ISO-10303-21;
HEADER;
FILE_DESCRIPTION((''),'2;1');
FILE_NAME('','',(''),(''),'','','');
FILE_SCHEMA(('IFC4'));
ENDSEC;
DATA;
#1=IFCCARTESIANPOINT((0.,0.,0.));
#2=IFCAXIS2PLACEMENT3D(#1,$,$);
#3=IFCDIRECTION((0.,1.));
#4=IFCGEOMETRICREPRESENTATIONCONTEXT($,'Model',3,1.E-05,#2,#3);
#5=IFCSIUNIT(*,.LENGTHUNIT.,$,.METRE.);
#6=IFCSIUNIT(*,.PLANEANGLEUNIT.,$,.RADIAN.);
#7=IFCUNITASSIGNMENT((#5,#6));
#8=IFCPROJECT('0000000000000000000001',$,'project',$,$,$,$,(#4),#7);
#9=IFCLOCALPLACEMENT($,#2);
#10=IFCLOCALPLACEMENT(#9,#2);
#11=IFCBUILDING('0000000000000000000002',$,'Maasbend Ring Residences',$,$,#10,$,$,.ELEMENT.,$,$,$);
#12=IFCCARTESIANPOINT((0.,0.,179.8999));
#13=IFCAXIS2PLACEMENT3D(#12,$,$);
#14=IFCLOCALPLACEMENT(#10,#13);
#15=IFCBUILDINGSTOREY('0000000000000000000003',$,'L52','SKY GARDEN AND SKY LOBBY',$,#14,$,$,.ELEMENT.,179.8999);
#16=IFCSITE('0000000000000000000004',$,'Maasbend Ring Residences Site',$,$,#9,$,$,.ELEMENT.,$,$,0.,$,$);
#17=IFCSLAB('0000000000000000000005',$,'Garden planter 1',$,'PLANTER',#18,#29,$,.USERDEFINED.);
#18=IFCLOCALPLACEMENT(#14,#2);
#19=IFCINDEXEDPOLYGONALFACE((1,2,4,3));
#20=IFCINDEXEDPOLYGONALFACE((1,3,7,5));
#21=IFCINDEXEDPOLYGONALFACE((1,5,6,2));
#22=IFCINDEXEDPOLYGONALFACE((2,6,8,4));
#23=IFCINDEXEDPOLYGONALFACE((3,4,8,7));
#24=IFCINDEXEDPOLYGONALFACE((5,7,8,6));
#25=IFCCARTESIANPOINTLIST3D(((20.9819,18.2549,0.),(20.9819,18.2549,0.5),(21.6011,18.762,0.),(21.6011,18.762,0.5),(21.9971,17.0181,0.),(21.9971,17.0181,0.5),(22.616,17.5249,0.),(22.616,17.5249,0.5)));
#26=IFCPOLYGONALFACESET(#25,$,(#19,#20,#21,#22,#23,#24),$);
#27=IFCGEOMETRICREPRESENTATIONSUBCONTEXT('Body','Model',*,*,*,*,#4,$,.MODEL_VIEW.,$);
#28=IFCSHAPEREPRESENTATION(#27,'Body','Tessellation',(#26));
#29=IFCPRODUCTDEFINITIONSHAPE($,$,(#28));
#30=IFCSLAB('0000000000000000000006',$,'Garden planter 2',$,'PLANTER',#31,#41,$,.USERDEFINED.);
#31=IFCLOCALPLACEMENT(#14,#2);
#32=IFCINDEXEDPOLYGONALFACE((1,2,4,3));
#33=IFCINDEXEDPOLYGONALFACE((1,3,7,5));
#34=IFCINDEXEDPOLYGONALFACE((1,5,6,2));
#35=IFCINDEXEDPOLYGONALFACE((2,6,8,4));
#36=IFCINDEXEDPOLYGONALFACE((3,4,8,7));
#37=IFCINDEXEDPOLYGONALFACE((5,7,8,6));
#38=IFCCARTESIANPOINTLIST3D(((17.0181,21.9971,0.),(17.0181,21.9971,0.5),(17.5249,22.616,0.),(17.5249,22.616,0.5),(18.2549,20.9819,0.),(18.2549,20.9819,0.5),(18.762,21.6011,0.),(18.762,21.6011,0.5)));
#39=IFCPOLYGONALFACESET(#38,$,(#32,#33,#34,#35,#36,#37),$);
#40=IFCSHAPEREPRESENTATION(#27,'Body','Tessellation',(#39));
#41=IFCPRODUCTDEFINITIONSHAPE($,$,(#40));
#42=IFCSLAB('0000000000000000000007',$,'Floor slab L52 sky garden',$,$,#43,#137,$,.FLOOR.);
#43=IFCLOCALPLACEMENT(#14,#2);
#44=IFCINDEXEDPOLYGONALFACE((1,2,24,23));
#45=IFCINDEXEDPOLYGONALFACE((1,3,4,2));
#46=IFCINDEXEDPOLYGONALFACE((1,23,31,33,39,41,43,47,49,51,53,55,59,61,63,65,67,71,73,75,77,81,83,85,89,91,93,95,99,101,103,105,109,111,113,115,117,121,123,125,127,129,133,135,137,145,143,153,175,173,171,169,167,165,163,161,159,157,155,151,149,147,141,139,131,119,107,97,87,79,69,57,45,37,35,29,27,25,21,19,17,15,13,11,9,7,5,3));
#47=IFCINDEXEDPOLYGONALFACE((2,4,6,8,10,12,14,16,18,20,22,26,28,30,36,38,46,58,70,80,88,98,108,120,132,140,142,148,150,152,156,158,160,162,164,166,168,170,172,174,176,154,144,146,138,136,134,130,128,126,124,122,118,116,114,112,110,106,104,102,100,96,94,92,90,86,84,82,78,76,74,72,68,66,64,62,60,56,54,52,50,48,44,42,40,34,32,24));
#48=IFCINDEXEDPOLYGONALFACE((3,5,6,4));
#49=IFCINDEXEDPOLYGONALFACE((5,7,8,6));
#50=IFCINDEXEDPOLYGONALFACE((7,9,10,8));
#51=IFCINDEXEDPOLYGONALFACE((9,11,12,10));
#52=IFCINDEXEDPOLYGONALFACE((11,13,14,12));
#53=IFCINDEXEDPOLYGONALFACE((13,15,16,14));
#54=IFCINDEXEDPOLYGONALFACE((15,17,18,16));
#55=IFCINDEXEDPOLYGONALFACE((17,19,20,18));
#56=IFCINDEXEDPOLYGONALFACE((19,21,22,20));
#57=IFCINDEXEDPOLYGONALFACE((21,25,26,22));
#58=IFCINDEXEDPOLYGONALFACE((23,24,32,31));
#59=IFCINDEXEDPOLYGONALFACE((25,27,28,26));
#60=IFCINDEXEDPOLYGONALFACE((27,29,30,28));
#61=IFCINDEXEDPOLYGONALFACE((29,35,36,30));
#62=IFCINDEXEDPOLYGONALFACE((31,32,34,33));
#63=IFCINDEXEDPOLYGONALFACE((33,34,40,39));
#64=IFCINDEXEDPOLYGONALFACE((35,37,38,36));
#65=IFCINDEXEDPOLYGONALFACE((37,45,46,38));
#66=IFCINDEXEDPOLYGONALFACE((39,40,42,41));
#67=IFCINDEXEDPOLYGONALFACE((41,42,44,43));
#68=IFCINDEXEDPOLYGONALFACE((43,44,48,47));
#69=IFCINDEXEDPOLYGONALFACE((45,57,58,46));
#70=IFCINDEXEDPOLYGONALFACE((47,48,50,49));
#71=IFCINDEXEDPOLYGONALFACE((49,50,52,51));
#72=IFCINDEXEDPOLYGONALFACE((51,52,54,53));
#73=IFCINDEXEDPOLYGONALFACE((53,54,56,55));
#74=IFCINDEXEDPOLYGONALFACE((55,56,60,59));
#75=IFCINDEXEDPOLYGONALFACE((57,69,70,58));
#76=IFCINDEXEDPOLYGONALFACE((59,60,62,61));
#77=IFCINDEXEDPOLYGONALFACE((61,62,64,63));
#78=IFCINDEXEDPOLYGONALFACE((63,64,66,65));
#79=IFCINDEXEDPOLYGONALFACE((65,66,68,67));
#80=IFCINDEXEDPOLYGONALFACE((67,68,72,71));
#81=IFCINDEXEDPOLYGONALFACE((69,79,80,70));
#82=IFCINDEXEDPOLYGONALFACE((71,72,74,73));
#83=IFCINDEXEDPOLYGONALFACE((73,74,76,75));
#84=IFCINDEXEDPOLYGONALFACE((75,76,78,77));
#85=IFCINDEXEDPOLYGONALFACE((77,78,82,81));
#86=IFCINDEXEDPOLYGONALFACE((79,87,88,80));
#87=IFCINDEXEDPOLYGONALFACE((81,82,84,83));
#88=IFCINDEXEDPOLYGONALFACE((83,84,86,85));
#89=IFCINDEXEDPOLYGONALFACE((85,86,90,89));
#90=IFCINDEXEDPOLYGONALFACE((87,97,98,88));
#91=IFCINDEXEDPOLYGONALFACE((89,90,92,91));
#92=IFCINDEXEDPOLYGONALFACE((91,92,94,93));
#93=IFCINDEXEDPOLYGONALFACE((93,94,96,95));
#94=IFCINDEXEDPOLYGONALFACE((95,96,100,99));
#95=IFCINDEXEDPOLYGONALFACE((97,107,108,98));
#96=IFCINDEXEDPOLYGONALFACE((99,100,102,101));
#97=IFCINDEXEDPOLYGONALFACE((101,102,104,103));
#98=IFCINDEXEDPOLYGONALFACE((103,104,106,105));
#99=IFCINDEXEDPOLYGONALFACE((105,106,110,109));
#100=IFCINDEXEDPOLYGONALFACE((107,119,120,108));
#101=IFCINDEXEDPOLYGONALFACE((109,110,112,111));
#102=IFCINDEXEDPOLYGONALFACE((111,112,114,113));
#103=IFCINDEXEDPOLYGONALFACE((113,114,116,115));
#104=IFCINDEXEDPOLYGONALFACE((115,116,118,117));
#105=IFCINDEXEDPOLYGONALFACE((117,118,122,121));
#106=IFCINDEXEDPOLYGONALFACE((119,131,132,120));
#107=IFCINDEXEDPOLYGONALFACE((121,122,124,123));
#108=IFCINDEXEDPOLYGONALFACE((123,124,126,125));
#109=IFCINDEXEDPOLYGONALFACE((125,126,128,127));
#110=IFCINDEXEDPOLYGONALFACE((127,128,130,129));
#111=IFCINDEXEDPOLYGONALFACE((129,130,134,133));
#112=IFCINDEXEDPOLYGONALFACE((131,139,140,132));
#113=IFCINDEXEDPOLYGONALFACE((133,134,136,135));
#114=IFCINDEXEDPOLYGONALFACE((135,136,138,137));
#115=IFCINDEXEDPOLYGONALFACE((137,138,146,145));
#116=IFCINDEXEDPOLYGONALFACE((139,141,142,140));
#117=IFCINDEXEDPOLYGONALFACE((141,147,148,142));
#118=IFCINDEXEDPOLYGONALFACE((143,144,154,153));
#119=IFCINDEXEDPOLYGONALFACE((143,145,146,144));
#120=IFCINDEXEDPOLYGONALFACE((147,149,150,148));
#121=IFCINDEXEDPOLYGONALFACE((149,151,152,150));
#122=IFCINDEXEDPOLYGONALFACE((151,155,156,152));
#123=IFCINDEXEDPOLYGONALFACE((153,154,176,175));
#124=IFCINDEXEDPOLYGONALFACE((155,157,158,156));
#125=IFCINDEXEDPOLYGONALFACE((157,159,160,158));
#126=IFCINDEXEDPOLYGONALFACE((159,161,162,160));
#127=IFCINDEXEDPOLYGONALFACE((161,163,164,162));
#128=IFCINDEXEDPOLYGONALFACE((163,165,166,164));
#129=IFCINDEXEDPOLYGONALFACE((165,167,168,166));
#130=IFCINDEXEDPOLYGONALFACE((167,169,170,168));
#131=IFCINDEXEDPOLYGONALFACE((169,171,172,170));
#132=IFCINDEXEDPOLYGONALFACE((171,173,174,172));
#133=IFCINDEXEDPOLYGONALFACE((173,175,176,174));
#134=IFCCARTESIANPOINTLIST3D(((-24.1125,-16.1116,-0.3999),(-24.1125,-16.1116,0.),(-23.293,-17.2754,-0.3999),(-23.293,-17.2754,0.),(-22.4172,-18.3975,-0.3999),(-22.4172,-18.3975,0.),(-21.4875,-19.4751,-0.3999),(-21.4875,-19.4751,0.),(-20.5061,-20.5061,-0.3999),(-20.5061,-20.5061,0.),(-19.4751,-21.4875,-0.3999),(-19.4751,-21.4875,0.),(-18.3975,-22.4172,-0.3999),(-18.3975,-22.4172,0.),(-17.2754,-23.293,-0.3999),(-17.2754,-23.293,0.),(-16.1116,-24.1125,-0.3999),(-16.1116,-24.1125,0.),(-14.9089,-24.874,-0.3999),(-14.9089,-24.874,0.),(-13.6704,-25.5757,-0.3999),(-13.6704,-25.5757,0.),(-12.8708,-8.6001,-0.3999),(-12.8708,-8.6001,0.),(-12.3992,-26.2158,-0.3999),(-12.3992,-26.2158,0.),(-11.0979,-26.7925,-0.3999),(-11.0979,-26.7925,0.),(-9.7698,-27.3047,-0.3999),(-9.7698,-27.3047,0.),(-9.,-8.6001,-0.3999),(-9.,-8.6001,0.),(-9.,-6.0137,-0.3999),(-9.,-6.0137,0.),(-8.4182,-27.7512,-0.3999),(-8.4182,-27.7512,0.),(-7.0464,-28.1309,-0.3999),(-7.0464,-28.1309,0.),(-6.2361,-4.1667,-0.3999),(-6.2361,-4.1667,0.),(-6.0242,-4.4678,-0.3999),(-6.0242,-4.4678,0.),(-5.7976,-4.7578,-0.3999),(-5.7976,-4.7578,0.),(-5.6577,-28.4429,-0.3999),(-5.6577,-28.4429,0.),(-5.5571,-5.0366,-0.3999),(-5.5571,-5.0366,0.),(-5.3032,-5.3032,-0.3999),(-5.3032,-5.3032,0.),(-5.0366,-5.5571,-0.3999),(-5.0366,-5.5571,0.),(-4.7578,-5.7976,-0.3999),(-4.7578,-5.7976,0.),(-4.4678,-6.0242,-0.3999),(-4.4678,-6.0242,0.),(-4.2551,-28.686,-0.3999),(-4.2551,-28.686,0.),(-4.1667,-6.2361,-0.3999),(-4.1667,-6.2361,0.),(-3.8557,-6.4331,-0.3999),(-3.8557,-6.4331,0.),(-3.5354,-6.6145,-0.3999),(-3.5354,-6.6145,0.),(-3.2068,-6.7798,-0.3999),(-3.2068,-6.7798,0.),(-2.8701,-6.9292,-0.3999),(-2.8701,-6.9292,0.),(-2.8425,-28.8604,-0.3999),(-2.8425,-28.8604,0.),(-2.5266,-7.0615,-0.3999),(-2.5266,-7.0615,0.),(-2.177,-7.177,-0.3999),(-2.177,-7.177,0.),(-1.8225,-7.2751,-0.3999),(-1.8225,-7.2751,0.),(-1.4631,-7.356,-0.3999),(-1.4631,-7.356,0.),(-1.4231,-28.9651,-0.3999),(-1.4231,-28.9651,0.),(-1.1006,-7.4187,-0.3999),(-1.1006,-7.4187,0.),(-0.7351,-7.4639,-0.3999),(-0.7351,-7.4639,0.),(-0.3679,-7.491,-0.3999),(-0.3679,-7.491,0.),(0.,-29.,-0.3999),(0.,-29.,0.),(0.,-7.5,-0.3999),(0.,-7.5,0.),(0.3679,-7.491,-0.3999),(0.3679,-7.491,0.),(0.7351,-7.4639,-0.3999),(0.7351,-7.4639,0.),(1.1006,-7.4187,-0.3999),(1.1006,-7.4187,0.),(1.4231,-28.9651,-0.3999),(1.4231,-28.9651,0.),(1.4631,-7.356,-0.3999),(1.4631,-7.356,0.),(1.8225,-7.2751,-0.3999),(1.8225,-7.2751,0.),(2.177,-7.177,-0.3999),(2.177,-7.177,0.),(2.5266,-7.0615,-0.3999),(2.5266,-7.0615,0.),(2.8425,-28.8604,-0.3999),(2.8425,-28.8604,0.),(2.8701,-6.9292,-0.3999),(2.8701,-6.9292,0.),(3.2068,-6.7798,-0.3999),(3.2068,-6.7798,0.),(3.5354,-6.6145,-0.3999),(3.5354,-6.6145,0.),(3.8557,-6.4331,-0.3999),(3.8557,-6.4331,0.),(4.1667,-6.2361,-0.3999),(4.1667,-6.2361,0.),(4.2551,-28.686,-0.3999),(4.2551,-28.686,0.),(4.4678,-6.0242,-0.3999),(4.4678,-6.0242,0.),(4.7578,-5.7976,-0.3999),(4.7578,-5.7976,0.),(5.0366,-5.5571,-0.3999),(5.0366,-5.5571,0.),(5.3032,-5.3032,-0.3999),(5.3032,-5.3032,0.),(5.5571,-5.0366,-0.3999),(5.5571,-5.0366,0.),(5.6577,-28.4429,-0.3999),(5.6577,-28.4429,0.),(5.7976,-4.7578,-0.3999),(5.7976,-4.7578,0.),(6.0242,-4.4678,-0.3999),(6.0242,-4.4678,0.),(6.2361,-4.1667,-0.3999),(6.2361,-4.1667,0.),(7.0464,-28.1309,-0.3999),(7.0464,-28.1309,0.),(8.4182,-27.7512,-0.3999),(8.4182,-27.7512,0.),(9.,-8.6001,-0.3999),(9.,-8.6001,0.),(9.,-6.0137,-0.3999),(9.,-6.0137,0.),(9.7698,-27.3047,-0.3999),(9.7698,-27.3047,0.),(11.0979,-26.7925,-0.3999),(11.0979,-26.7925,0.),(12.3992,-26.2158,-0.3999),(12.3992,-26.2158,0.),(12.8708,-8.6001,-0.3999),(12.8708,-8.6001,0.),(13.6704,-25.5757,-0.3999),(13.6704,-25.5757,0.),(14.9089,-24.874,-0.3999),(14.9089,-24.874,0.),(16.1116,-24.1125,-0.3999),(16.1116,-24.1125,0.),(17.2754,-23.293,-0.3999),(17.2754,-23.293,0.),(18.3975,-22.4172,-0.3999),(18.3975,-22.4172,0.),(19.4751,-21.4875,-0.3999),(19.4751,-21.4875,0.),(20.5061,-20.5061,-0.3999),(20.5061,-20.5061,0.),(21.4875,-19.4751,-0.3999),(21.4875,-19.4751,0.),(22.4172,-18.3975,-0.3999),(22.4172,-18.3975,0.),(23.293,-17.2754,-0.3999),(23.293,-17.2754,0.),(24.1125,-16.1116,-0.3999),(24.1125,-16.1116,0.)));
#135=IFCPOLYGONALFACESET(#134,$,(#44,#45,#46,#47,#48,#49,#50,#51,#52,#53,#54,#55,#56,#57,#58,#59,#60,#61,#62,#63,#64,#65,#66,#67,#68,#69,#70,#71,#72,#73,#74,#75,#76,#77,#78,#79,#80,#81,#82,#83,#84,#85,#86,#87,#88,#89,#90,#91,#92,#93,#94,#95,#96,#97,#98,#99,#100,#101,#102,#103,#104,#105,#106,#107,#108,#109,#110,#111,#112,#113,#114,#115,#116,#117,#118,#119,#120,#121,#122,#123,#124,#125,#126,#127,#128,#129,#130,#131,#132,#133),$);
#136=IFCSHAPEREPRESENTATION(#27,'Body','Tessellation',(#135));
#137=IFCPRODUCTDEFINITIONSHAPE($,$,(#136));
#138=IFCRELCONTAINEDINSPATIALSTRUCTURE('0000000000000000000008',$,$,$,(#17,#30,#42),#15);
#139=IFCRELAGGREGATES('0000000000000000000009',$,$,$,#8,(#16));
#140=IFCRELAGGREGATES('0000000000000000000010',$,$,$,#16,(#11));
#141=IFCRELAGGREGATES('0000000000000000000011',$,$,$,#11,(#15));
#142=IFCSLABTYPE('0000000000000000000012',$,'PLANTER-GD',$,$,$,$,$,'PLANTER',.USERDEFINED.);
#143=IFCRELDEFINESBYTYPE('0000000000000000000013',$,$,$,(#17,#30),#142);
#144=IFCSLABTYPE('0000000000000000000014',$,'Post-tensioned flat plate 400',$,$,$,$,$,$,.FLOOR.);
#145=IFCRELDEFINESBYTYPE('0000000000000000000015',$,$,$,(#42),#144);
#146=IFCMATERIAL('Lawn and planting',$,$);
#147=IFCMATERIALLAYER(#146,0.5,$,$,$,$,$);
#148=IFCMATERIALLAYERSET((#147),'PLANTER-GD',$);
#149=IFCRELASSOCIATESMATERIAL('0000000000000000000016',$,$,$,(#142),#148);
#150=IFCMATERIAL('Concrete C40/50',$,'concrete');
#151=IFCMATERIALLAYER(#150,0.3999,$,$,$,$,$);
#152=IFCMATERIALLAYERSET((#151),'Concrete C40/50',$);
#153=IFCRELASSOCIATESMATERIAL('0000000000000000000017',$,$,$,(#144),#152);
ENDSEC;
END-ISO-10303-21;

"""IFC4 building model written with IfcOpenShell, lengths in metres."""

from ifc_helpers import new_model, si_unit, direction, frame, origin, place, context, subcontext, project, spatial, polyline, outline, extrude, material, layer, layer_set, type_object, element, save


model = new_model("IFC4")

# Units and contexts
model_context = context("Model", 3, precision=1e-05, world=origin(), true_north=direction((0.0, 1.0)))
body_context = subcontext(model_context, "Body", "Model", "MODEL_VIEW")
ifc_project = project(units=[si_unit("LENGTHUNIT", "METRE"), si_unit("PLANEANGLEUNIT", "RADIAN")], contexts=[model_context])

# Site, building, storey
site_placement = place(None, origin())
site = spatial("IfcSite", under=ifc_project, at=site_placement, Name="Maasbend Ring Residences Site", CompositionType="ELEMENT", RefElevation=0.0)
building_placement = place(site_placement, origin())
building = spatial("IfcBuilding", under=site, at=building_placement, Name="Maasbend Ring Residences", CompositionType="ELEMENT")
storey_placement = place(building_placement, frame((0.0, 0.0, 179.8999)))
storey = spatial("IfcBuildingStorey", under=building, at=storey_placement, Name="L52", Description="SKY GARDEN AND SKY LOBBY", CompositionType="ELEMENT", Elevation=179.8999)

# Slabs
ifc_material_1 = material(Name="Lawn and planting")
ifc_layer_1 = layer(ifc_material_1, 0.5)
ifc_layer_set_1 = layer_set([ifc_layer_1], Name="PLANTER-GD")
slab_type_1 = type_object("IfcSlabType", Name="PLANTER-GD", ElementType="PLANTER", PredefinedType="USERDEFINED", material=ifc_layer_set_1)
slab_1_placement = place(storey_placement, origin())
element("IfcSlab", 1, at=slab_1_placement, inside=storey, type_object=slab_type_1, Name="Garden planter 1", ObjectType="PLANTER", PredefinedType="USERDEFINED", context=body_context, shape_type="SweptSolid", body=[
    extrude(outline(polyline([(22.616, 17.5249), (21.6011, 18.762), (20.9819, 18.2549), (21.9971, 17.0181), (22.616, 17.5249)])), origin(), (0.0, 0.0, 1.0), 0.5),
])
slab_2_placement = place(storey_placement, origin())
element("IfcSlab", 2, at=slab_2_placement, inside=storey, type_object=slab_type_1, Name="Garden planter 2", ObjectType="PLANTER", PredefinedType="USERDEFINED", context=body_context, shape_type="SweptSolid", body=[
    extrude(outline(polyline([(18.762, 21.6011), (17.5249, 22.616), (17.0181, 21.9971), (18.2549, 20.9819), (18.762, 21.6011)])), origin(), (0.0, 0.0, 1.0), 0.5),
])
ifc_material_2 = material(Name="Concrete C40/50", Category="concrete")
ifc_layer_2 = layer(ifc_material_2, 0.3999)
ifc_layer_set_2 = layer_set([ifc_layer_2], Name="Concrete C40/50")
slab_type_2 = type_object("IfcSlabType", Name="Post-tensioned flat plate 400", PredefinedType="FLOOR", material=ifc_layer_set_2)
slab_3_placement = place(storey_placement, frame((0.0, 0.0, -0.3999)))
element("IfcSlab", 3, at=slab_3_placement, inside=storey, type_object=slab_type_2, Name="Floor slab L52 sky garden", PredefinedType="FLOOR", context=body_context, shape_type="SweptSolid", body=[
    extrude(outline(polyline([(24.1125, -16.1116), (12.8708, -8.6001), (9.0, -8.6001), (9.0, -6.0137), (6.2361, -4.1667), (6.0242, -4.4678), (5.7976, -4.7578), (5.5571, -5.0366), (5.3032, -5.3032), (5.0366, -5.5571), (4.7578, -5.7976), (4.4678, -6.0242), (4.1667, -6.2361), (3.8557, -6.4331), (3.5354, -6.6145), (3.2068, -6.7798), (2.8701, -6.9292), (2.5266, -7.0615), (2.177, -7.177), (1.8225, -7.2751), (1.4631, -7.356), (1.1006, -7.4187), (0.7351, -7.4639), (0.3679, -7.491), (0.0, -7.5), (-0.3679, -7.491), (-0.7351, -7.4639), (-1.1006, -7.4187), (-1.4631, -7.356), (-1.8225, -7.2751), (-2.177, -7.177), (-2.5266, -7.0615), (-2.8701, -6.9292), (-3.2068, -6.7798), (-3.5354, -6.6145), (-3.8557, -6.4331), (-4.1667, -6.2361), (-4.4678, -6.0242), (-4.7578, -5.7976), (-5.0366, -5.5571), (-5.3032, -5.3032), (-5.5571, -5.0366), (-5.7976, -4.7578), (-6.0242, -4.4678), (-6.2361, -4.1667), (-9.0, -6.0137), (-9.0, -8.6001), (-12.8708, -8.6001), (-24.1125, -16.1116), (-23.293, -17.2754), (-22.4172, -18.3975), (-21.4875, -19.4751), (-20.5061, -20.5061), (-19.4751, -21.4875), (-18.3975, -22.4172), (-17.2754, -23.293), (-16.1116, -24.1125), (-14.9089, -24.874), (-13.6704, -25.5757), (-12.3992, -26.2158), (-11.0979, -26.7925), (-9.7698, -27.3047), (-8.4182, -27.7512), (-7.0464, -28.1309), (-5.6577, -28.4429), (-4.2551, -28.686), (-2.8425, -28.8604), (-1.4231, -28.9651), (0.0, -29.0), (1.4231, -28.9651), (2.8425, -28.8604), (4.2551, -28.686), (5.6577, -28.4429), (7.0464, -28.1309), (8.4182, -27.7512), (9.7698, -27.3047), (11.0979, -26.7925), (12.3992, -26.2158), (13.6704, -25.5757), (14.9089, -24.874), (16.1116, -24.1125), (17.2754, -23.293), (18.3975, -22.4172), (19.4751, -21.4875), (20.5061, -20.5061), (21.4875, -19.4751), (22.4172, -18.3975), (23.293, -17.2754), (24.1125, -16.1116)])), origin(), (0.0, 0.0, 1.0), 0.3999),
])

save(model, "model.ifc")
